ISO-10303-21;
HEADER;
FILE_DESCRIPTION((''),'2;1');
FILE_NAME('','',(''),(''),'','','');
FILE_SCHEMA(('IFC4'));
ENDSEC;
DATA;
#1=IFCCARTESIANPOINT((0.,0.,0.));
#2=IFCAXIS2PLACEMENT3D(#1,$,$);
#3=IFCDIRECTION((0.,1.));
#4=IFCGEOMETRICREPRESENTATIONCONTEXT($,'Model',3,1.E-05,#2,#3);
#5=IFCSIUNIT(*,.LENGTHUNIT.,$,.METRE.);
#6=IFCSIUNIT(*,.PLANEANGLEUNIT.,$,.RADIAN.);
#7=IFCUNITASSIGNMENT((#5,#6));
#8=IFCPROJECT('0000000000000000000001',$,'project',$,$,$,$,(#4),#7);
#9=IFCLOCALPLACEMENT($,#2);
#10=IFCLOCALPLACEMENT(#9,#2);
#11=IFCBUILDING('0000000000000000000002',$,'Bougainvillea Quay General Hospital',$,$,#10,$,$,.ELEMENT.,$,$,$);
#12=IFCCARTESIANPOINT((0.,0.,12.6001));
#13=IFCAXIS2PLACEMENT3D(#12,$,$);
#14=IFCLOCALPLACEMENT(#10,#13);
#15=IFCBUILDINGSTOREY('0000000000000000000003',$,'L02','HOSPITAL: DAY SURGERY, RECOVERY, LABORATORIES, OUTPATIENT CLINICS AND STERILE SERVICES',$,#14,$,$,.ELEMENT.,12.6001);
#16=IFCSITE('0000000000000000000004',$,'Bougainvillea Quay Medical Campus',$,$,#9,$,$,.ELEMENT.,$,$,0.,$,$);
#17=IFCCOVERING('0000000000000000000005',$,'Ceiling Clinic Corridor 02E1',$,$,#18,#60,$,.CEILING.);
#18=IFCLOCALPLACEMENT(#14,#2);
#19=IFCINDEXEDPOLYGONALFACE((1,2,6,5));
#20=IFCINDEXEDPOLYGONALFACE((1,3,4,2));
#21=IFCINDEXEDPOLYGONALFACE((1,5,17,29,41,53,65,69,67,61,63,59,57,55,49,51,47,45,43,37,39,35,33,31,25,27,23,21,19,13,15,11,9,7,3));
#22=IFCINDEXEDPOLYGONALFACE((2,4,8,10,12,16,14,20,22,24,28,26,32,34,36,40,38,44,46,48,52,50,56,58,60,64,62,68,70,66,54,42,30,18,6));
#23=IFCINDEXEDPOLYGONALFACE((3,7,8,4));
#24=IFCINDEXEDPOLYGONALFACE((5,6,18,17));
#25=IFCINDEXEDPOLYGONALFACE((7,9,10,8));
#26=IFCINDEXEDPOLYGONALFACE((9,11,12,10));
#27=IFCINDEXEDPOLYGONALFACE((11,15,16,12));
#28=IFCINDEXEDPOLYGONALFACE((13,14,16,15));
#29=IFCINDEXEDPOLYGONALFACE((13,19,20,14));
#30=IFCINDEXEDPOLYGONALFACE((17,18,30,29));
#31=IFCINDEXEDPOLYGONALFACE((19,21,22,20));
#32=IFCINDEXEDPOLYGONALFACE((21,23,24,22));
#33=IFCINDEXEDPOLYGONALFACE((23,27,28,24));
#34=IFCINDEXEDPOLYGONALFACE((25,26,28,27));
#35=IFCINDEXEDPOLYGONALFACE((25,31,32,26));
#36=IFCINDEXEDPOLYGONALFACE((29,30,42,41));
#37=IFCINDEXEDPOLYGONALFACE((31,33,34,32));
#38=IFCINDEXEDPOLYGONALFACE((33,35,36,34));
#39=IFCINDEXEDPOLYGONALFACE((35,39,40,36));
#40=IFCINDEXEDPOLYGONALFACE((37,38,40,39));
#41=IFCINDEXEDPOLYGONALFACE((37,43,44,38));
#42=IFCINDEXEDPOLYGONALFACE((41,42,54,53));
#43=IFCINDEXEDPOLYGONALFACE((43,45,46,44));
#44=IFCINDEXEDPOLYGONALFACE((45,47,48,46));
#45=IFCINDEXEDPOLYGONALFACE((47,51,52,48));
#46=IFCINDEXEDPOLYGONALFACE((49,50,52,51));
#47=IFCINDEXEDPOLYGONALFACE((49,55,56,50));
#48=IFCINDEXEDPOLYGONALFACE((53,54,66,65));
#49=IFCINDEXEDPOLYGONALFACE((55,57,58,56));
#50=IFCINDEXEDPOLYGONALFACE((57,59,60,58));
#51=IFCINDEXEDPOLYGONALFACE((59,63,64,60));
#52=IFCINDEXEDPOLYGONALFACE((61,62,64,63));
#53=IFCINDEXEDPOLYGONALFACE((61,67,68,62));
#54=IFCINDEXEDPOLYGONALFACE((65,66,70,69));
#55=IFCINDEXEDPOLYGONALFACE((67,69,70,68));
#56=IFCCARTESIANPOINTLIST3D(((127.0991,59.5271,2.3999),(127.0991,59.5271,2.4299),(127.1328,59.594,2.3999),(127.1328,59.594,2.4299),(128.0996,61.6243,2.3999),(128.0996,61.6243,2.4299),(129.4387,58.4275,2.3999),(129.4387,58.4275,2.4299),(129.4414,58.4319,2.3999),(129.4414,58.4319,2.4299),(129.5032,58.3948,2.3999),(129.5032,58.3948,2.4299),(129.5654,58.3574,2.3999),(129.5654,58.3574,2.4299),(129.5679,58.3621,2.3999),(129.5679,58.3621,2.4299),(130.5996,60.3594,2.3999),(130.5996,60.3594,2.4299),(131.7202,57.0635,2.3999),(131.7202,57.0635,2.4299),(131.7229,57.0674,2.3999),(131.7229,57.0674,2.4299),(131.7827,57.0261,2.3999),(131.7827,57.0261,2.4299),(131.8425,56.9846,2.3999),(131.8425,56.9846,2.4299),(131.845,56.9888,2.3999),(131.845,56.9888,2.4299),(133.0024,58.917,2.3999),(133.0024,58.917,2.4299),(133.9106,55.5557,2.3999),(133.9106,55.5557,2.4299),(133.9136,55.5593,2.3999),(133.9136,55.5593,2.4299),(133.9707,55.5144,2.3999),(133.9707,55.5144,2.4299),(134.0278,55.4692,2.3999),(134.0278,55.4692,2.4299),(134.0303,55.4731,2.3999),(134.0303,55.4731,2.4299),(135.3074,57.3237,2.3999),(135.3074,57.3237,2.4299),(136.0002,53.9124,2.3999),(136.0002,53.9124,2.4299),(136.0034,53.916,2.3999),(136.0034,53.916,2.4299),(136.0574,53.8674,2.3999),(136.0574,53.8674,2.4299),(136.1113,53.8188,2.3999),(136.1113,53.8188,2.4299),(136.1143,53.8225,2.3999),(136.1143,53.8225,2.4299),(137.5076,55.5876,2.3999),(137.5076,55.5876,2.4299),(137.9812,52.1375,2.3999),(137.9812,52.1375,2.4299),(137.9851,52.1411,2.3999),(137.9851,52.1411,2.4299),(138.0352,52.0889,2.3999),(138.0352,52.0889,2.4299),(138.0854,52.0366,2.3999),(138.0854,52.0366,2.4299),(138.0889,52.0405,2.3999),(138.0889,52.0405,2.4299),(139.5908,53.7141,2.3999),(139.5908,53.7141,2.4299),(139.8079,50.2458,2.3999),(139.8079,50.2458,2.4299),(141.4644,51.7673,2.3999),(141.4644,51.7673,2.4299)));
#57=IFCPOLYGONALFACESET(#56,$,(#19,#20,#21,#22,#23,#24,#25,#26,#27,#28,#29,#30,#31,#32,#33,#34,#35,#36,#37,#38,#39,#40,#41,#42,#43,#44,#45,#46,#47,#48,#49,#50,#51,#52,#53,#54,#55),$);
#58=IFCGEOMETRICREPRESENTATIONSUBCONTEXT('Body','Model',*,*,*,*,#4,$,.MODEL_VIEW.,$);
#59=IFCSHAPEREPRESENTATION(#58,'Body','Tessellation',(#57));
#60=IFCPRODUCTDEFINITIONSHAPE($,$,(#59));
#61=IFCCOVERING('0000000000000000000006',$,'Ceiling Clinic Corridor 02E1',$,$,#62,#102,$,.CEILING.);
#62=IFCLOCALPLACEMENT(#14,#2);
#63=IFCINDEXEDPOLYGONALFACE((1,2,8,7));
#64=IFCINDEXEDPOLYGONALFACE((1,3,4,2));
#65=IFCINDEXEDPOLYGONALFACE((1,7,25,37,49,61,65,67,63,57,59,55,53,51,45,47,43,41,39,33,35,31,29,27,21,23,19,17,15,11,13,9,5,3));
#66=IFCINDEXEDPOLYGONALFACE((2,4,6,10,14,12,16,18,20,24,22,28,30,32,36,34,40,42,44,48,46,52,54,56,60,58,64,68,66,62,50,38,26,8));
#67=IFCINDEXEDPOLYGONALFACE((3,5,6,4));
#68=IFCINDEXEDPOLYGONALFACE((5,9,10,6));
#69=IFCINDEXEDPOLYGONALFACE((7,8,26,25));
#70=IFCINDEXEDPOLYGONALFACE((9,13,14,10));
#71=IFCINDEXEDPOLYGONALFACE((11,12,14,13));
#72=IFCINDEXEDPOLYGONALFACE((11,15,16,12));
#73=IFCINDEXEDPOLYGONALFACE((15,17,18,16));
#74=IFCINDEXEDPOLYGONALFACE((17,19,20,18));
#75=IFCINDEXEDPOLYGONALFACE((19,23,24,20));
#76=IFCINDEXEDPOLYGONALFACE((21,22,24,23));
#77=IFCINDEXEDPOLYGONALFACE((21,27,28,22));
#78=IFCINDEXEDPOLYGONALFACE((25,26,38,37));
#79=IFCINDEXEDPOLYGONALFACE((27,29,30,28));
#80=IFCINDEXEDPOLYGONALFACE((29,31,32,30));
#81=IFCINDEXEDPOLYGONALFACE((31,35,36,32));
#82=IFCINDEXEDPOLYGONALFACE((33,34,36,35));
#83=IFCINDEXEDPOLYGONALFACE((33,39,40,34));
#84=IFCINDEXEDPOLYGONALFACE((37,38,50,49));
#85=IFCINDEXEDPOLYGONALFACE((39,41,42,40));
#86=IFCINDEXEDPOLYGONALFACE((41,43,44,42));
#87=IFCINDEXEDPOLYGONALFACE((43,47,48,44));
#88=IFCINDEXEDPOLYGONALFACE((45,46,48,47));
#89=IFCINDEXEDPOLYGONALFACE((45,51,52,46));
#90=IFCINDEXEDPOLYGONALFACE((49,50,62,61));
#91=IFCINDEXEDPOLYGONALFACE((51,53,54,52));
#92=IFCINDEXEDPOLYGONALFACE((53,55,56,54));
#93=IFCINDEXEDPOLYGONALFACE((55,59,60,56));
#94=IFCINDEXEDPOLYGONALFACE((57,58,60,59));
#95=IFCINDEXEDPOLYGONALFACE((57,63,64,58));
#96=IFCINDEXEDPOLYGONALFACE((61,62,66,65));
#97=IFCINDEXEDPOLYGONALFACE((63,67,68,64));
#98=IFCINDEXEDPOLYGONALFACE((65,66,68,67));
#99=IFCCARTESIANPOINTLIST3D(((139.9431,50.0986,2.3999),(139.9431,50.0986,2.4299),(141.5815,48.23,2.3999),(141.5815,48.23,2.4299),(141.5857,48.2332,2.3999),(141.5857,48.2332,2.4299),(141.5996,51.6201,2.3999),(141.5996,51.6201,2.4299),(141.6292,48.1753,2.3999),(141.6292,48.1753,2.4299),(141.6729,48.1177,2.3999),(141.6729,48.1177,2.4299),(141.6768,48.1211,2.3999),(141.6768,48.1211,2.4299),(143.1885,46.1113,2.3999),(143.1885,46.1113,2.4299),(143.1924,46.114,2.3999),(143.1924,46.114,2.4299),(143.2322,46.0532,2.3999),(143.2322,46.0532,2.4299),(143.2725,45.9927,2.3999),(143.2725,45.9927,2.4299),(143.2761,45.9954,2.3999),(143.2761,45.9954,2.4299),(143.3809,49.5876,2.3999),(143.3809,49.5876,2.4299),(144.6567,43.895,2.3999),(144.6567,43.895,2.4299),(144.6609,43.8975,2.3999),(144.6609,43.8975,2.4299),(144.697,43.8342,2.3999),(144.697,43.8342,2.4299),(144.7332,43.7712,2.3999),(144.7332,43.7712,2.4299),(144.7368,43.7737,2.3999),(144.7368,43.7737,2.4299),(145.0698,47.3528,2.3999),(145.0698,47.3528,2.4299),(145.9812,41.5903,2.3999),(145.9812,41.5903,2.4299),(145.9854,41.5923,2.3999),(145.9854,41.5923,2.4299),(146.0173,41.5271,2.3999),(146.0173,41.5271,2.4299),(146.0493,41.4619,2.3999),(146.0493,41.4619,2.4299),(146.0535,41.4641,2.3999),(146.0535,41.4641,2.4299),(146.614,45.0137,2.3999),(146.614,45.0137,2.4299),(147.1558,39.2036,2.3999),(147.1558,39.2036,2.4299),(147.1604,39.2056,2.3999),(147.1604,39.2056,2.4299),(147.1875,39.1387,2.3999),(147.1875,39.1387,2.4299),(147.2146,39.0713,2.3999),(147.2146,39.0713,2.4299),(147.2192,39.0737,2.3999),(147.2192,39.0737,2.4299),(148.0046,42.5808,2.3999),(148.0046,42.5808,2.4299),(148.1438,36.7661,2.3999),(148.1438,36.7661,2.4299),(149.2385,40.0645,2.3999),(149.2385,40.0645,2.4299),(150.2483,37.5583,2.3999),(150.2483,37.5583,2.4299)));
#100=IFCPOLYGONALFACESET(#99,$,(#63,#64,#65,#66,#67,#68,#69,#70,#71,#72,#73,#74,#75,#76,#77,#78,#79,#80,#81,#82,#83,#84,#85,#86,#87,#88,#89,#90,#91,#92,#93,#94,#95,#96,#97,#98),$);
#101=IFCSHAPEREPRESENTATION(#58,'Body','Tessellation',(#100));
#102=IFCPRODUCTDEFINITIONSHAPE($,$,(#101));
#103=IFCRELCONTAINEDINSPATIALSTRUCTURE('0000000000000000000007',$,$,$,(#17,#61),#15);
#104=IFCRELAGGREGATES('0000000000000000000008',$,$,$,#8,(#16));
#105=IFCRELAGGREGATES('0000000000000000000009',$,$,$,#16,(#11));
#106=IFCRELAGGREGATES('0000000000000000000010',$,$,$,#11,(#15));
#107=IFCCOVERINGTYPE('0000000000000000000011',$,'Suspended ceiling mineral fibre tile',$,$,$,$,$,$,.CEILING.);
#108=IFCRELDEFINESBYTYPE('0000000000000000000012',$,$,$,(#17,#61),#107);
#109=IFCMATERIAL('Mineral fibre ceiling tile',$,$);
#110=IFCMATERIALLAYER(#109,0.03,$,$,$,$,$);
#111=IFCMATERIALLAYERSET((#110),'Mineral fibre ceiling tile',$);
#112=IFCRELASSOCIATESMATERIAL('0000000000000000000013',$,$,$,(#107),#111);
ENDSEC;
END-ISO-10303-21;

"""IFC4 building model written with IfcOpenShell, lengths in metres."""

from ifc_helpers import new_model, si_unit, direction, frame, origin, place, context, subcontext, project, spatial, polyline, outline, extrude, material, layer, layer_set, type_object, element, save


model = new_model("IFC4")

# Units and contexts
model_context = context("Model", 3, precision=1e-05, world=origin(), true_north=direction((0.0, 1.0)))
body_context = subcontext(model_context, "Body", "Model", "MODEL_VIEW")
ifc_project = project(units=[si_unit("LENGTHUNIT", "METRE"), si_unit("PLANEANGLEUNIT", "RADIAN")], contexts=[model_context])

# Site, building, storey
site_placement = place(None, origin())
site = spatial("IfcSite", under=ifc_project, at=site_placement, Name="Bougainvillea Quay Medical Campus", CompositionType="ELEMENT", RefElevation=0.0)
building_placement = place(site_placement, origin())
building = spatial("IfcBuilding", under=site, at=building_placement, Name="Bougainvillea Quay General Hospital", CompositionType="ELEMENT")
storey_placement = place(building_placement, frame((0.0, 0.0, 12.6001)))
storey = spatial("IfcBuildingStorey", under=building, at=storey_placement, Name="L02", Description="HOSPITAL: DAY SURGERY, RECOVERY, LABORATORIES, OUTPATIENT CLINICS AND STERILE SERVICES", CompositionType="ELEMENT", Elevation=12.6001)

# Coverings
ifc_material_1 = material(Name="Mineral fibre ceiling tile")
ifc_layer_1 = layer(ifc_material_1, 0.03)
ifc_layer_set_1 = layer_set([ifc_layer_1], Name="Mineral fibre ceiling tile")
covering_type = type_object("IfcCoveringType", Name="Suspended ceiling mineral fibre tile", PredefinedType="CEILING", material=ifc_layer_set_1)
covering_1_placement = place(storey_placement, frame((0.0, 0.0, 2.3999)))
element("IfcCovering", 1, at=covering_1_placement, inside=storey, type_object=covering_type, Name="Ceiling Clinic Corridor 02E1", PredefinedType="CEILING", context=body_context, shape_type="SweptSolid", body=[
    extrude(outline(polyline([(127.0991, 59.5271), (127.1328, 59.594), (129.4387, 58.4275), (129.4414, 58.4319), (129.5032, 58.3948), (129.5679, 58.3621), (129.5654, 58.3574), (131.7202, 57.0635), (131.7229, 57.0674), (131.7827, 57.0261), (131.845, 56.9888), (131.8425, 56.9846), (133.9106, 55.5557), (133.9136, 55.5593), (133.9707, 55.5144), (134.0303, 55.4731), (134.0278, 55.4692), (136.0002, 53.9124), (136.0034, 53.916), (136.0574, 53.8674), (136.1143, 53.8225), (136.1113, 53.8188), (137.9812, 52.1375), (137.9851, 52.1411), (138.0352, 52.0889), (138.0889, 52.0405), (138.0854, 52.0366), (139.8079, 50.2458), (141.4644, 51.7673), (139.5908, 53.7141), (137.5076, 55.5876), (135.3074, 57.3237), (133.0024, 58.917), (130.5996, 60.3594), (128.0996, 61.6243), (127.0991, 59.5271)])), origin(), (0.0, 0.0, 1.0), 0.03),
])
covering_2_placement = place(storey_placement, frame((0.0, 0.0, 2.3999)))
element("IfcCovering", 2, at=covering_2_placement, inside=storey, type_object=covering_type, Name="Ceiling Clinic Corridor 02E1", PredefinedType="CEILING", context=body_context, shape_type="SweptSolid", body=[
    extrude(outline(polyline([(143.3809, 49.5876), (141.5996, 51.6201), (139.9431, 50.0986), (141.5815, 48.23), (141.5857, 48.2332), (141.6292, 48.1753), (141.6768, 48.1211), (141.6729, 48.1177), (143.1885, 46.1113), (143.1924, 46.114), (143.2322, 46.0532), (143.2761, 45.9954), (143.2725, 45.9927), (144.6567, 43.895), (144.6609, 43.8975), (144.697, 43.8342), (144.7368, 43.7737), (144.7332, 43.7712), (145.9812, 41.5903), (145.9854, 41.5923), (146.0173, 41.5271), (146.0535, 41.4641), (146.0493, 41.4619), (147.1558, 39.2036), (147.1604, 39.2056), (147.1875, 39.1387), (147.2192, 39.0737), (147.2146, 39.0713), (148.1438, 36.7661), (150.2483, 37.5583), (149.2385, 40.0645), (148.0046, 42.5808), (146.614, 45.0137), (145.0698, 47.3528), (143.3809, 49.5876)])), origin(), (0.0, 0.0, 1.0), 0.03),
])

save(model, "model.ifc")
